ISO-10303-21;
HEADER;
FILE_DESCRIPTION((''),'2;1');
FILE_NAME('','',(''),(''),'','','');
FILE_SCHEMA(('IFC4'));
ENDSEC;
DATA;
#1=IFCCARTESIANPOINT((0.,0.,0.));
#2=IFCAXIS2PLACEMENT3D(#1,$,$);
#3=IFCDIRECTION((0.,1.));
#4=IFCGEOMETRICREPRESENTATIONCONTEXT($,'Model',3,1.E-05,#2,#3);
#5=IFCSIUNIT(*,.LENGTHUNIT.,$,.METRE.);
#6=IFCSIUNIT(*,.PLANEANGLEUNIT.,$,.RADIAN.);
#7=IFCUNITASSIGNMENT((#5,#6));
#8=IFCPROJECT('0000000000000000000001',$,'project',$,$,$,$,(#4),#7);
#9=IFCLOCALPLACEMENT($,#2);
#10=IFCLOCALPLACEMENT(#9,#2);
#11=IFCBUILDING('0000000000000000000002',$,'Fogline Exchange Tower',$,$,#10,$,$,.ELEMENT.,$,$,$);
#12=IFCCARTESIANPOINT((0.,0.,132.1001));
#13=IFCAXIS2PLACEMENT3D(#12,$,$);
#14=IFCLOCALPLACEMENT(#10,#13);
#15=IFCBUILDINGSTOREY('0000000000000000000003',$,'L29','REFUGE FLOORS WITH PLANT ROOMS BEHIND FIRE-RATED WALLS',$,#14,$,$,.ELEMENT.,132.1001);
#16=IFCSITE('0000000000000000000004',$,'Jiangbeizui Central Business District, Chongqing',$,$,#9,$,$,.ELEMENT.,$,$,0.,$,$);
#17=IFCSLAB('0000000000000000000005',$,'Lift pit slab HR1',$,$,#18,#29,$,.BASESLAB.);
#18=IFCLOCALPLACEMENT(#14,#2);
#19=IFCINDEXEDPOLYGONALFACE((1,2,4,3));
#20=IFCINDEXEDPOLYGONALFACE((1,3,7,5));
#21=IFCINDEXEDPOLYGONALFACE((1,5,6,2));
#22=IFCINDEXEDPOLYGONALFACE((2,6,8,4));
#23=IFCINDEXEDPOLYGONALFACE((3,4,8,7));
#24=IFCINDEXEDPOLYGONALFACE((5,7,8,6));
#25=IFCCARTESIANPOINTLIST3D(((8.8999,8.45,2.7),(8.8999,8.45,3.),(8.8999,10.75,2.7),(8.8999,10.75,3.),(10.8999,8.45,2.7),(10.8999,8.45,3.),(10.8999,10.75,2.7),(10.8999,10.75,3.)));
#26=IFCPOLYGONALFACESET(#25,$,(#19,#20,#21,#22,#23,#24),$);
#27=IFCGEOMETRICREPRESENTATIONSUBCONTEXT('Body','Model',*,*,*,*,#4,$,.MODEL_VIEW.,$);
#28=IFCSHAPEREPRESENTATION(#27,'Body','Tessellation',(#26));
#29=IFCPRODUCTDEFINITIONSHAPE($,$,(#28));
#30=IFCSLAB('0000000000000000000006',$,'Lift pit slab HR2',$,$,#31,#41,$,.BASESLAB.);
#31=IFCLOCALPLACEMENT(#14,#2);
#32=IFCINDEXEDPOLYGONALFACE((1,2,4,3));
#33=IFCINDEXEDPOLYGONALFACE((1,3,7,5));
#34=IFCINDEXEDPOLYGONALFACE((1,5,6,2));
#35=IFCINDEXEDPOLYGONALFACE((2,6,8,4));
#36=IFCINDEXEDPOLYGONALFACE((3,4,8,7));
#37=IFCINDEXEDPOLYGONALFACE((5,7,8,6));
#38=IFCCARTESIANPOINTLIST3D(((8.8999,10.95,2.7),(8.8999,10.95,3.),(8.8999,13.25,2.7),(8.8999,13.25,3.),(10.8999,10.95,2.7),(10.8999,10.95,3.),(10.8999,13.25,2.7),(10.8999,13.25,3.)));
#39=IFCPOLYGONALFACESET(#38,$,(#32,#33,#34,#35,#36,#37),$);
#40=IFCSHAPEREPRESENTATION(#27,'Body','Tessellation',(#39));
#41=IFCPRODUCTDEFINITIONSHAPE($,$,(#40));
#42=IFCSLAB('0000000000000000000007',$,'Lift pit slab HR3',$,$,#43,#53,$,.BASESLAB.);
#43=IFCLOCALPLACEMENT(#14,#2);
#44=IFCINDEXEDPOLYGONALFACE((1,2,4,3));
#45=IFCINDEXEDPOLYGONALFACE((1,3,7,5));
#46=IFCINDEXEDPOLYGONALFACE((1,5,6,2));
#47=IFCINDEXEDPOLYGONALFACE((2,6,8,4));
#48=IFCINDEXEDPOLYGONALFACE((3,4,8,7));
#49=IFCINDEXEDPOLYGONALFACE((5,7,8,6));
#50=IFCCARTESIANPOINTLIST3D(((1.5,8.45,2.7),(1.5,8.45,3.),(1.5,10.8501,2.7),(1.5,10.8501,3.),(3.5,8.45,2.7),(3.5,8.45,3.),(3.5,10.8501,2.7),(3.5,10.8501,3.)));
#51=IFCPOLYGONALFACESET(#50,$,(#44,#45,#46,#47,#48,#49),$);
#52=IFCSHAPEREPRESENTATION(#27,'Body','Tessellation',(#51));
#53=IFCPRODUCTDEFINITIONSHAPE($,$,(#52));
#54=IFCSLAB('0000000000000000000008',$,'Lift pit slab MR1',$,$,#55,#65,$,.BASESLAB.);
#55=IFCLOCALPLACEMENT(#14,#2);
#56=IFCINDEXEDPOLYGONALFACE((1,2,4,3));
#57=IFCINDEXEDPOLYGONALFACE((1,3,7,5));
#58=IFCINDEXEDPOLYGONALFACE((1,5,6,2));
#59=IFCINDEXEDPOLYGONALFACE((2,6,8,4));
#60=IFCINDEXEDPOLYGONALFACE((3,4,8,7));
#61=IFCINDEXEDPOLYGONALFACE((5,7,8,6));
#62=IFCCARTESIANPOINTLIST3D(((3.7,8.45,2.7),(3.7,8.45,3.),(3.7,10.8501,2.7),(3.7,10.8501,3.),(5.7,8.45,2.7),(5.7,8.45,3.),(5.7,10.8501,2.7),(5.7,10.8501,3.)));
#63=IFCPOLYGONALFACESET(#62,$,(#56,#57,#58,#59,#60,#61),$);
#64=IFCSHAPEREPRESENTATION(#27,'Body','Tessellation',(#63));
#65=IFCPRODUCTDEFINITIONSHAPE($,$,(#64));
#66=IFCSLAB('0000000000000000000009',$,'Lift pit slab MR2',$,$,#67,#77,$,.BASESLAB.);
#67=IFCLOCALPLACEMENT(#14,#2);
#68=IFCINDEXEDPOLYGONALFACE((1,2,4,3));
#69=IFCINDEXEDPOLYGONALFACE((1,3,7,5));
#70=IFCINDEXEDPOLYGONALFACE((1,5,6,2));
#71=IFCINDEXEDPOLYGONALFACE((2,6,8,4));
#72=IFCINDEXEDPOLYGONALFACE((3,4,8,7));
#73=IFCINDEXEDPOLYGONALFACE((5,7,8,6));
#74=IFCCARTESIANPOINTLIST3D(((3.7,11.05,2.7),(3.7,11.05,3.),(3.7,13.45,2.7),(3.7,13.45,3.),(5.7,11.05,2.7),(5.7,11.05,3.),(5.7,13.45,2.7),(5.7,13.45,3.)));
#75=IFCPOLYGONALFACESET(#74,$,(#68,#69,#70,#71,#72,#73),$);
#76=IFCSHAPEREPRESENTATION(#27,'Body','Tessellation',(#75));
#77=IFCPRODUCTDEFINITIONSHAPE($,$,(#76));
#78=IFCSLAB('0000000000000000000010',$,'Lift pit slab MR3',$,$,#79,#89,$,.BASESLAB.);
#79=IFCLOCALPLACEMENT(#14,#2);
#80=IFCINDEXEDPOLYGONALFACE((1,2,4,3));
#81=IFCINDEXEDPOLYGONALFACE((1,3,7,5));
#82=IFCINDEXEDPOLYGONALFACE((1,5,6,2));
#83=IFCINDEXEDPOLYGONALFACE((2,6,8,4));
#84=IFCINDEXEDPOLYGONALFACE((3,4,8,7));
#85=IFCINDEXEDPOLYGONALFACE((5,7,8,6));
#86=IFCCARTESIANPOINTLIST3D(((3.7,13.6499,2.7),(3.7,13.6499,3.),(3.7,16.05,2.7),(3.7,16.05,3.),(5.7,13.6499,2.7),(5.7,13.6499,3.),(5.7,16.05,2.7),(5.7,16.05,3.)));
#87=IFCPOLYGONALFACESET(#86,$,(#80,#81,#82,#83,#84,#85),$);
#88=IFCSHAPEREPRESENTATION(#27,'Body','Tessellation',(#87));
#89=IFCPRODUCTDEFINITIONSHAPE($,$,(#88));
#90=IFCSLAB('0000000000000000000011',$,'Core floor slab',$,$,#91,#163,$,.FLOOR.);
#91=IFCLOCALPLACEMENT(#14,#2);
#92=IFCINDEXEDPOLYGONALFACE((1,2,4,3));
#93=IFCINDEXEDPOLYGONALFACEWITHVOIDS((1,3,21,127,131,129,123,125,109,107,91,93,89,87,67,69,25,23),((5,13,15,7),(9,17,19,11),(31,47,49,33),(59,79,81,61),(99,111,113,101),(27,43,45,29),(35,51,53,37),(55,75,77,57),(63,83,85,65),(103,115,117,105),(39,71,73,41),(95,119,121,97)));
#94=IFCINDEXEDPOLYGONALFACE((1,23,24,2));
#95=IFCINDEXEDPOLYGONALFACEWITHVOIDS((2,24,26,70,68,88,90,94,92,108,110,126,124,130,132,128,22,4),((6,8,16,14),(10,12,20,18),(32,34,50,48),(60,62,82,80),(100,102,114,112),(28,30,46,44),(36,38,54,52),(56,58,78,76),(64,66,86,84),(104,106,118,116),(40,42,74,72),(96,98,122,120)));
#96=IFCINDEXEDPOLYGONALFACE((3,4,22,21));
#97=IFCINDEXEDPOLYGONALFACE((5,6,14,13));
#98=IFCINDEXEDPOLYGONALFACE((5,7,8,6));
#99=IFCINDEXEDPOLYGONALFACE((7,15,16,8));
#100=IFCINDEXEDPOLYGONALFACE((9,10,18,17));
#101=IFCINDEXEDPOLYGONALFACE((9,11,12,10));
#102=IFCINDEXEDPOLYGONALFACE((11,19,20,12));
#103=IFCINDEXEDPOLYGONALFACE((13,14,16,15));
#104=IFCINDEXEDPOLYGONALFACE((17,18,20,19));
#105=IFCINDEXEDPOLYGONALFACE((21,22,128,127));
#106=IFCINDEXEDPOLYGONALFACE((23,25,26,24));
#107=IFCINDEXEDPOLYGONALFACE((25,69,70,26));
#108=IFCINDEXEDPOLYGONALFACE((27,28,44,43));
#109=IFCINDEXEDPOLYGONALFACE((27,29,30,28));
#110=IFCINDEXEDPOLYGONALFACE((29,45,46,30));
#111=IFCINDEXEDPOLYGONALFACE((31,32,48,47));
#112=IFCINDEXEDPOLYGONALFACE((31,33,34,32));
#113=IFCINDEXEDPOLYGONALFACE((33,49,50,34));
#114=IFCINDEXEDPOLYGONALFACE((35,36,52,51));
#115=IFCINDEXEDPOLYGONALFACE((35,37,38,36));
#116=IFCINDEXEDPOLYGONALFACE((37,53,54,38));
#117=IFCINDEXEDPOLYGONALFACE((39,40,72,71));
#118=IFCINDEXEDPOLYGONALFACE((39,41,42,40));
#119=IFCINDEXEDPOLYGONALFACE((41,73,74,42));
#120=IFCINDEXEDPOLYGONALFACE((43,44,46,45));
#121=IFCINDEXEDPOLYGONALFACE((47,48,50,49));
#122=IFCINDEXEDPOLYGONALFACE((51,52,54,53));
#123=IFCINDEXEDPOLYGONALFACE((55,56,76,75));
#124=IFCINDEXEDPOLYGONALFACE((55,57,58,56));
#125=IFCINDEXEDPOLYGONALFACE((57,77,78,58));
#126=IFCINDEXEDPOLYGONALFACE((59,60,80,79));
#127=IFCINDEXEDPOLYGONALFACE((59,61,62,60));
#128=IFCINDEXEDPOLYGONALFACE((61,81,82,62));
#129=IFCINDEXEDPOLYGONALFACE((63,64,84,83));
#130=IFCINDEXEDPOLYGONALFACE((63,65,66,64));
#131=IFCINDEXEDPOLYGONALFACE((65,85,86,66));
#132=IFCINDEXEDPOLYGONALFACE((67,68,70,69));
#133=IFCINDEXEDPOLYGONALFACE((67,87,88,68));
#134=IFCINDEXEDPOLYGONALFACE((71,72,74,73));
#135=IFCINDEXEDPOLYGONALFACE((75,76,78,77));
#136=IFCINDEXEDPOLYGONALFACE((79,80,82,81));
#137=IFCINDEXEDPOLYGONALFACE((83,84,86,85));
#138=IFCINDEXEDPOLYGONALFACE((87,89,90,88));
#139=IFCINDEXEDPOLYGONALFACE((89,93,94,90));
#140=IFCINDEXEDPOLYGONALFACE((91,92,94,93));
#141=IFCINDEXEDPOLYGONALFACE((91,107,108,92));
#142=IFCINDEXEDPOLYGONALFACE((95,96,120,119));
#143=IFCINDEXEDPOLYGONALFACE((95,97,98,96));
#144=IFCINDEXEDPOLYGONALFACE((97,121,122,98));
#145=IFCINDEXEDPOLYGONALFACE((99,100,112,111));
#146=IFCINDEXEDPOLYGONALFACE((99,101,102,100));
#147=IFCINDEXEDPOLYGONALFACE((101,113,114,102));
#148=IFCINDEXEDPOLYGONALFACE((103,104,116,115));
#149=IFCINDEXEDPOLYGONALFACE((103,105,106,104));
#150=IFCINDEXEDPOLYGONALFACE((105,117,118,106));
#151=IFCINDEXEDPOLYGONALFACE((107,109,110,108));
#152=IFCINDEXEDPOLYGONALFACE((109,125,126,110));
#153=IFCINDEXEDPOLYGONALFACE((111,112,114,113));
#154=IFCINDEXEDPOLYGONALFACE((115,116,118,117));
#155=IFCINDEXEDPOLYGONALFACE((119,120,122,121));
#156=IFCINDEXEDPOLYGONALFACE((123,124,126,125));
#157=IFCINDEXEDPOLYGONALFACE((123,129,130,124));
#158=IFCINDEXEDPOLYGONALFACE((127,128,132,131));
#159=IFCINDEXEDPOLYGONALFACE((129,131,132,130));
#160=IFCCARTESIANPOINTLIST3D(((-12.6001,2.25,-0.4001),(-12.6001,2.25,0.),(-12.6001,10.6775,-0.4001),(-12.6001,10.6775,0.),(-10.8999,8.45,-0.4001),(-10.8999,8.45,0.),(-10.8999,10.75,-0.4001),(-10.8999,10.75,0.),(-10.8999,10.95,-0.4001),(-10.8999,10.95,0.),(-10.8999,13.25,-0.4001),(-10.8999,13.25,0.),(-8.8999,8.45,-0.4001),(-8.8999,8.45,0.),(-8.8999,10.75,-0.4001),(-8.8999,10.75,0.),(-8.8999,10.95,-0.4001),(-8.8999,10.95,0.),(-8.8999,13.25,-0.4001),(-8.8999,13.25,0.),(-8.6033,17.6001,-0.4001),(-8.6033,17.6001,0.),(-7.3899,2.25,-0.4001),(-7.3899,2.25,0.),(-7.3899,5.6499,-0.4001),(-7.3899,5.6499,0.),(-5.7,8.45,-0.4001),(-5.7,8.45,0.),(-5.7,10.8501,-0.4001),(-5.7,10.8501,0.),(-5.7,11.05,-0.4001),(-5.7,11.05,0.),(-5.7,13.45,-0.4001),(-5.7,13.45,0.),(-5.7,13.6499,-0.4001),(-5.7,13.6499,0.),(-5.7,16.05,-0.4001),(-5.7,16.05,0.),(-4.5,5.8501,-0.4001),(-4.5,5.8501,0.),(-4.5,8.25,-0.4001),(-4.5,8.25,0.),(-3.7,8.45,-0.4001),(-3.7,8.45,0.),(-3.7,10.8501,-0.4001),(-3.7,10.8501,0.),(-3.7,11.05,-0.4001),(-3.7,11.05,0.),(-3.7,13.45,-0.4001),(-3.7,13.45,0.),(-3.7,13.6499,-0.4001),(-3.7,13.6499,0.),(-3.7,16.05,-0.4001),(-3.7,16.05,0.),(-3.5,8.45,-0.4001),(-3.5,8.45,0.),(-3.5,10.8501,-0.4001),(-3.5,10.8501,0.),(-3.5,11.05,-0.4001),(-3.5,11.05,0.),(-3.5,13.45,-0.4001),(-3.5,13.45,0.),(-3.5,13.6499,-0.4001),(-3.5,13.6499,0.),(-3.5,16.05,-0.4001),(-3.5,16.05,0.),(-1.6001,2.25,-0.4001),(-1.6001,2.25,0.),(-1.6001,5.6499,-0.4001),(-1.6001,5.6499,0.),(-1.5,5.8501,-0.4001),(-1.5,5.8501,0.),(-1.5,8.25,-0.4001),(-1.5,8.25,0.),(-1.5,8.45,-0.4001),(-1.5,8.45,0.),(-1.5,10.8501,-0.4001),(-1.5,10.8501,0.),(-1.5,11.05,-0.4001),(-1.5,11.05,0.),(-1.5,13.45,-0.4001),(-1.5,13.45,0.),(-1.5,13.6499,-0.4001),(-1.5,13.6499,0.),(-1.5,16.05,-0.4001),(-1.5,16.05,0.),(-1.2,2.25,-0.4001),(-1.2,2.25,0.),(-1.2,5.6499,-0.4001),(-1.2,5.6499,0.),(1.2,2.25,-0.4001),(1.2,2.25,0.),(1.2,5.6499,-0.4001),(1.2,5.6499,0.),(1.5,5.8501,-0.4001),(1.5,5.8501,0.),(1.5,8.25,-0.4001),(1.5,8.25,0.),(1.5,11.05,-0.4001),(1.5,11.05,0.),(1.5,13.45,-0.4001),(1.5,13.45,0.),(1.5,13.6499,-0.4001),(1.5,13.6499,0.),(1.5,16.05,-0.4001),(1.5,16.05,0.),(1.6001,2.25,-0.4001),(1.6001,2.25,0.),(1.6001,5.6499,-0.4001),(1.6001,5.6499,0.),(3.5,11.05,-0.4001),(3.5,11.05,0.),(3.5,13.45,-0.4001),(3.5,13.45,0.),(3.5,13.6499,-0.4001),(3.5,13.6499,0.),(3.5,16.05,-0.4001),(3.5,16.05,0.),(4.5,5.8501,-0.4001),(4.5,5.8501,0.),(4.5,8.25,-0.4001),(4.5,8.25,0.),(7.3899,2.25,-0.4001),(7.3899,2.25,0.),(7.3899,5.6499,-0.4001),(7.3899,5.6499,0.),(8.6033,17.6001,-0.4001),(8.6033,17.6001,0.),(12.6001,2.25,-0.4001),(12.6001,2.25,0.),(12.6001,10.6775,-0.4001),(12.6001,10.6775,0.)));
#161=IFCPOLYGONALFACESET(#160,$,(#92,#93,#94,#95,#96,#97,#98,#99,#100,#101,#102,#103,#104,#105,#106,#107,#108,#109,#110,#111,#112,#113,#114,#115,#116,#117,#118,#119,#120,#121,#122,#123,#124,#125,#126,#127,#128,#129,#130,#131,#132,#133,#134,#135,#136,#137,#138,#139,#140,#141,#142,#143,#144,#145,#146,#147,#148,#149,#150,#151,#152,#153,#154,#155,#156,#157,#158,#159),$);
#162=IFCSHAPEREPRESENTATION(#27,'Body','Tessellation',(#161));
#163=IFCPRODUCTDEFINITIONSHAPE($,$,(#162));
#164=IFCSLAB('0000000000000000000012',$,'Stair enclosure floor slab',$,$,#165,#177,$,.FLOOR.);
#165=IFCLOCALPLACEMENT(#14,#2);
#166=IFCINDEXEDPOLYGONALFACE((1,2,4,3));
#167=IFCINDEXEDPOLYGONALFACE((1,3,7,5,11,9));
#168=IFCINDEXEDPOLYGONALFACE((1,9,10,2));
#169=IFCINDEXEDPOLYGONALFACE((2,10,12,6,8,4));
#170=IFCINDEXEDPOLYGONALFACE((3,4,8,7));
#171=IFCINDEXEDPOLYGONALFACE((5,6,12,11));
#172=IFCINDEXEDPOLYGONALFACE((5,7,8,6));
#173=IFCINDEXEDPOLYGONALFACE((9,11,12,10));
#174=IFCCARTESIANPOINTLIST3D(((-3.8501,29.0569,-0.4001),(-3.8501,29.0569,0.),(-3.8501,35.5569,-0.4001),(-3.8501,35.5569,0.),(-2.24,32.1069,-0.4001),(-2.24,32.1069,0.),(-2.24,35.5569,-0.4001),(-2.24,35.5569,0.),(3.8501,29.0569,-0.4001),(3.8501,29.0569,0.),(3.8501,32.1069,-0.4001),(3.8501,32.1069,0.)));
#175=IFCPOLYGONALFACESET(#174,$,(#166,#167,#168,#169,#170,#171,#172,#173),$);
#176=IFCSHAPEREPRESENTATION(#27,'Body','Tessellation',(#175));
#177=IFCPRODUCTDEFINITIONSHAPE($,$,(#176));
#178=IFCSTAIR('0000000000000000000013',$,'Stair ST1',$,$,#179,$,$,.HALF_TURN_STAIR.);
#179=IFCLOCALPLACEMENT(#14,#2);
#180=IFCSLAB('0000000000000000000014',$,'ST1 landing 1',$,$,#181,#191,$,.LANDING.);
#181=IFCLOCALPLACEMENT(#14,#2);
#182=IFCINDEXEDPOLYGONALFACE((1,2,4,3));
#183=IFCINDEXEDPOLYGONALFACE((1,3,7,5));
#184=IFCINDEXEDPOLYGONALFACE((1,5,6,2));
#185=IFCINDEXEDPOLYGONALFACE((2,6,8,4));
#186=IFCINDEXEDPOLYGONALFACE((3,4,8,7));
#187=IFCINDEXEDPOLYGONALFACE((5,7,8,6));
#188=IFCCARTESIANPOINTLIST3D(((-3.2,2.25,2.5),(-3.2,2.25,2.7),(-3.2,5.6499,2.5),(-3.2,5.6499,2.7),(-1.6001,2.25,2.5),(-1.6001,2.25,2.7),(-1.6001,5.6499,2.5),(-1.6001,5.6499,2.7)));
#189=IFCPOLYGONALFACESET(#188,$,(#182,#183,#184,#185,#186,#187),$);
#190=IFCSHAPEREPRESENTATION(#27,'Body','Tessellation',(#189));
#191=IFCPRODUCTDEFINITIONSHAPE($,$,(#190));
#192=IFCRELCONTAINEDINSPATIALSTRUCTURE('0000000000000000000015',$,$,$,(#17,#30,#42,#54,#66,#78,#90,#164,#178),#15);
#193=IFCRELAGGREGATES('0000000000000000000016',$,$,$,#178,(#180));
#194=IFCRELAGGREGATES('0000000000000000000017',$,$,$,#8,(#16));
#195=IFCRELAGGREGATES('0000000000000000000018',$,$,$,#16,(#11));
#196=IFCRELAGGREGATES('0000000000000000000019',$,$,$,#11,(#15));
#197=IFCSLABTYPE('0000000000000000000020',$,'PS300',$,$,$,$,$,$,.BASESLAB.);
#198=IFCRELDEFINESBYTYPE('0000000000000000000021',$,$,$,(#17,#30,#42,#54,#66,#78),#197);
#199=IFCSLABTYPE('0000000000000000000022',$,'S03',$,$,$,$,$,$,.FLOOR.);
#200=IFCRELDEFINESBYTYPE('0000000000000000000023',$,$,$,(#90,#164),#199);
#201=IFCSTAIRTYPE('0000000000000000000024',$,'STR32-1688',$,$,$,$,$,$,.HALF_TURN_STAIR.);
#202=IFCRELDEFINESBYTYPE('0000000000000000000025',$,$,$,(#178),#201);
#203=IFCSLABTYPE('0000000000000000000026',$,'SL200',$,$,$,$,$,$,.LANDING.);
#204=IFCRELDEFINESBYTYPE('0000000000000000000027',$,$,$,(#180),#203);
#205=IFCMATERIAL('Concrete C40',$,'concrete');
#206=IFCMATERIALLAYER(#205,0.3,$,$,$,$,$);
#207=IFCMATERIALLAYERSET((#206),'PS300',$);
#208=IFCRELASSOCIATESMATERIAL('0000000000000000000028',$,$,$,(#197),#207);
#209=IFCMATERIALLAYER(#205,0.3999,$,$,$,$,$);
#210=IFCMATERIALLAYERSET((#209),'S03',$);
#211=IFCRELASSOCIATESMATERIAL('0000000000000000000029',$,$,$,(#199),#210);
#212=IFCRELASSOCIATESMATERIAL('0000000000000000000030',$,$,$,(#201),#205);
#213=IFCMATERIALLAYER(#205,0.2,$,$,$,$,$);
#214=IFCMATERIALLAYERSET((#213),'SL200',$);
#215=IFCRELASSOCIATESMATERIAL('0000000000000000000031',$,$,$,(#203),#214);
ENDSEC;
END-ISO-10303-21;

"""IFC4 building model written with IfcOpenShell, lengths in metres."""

from ifc_helpers import new_model, si_unit, direction, frame, origin, place, context, subcontext, project, spatial, polyline, outline, extrude, material, layer, layer_set, type_object, element, aggregate, save


model = new_model("IFC4")

# Units and contexts
model_context = context("Model", 3, precision=1e-05, world=origin(), true_north=direction((0.0, 1.0)))
body_context = subcontext(model_context, "Body", "Model", "MODEL_VIEW")
ifc_project = project(units=[si_unit("LENGTHUNIT", "METRE"), si_unit("PLANEANGLEUNIT", "RADIAN")], contexts=[model_context])

# Site, building, storey
site_placement = place(None, origin())
site = spatial("IfcSite", under=ifc_project, at=site_placement, Name="Jiangbeizui Central Business District, Chongqing", CompositionType="ELEMENT", RefElevation=0.0)
building_placement = place(site_placement, origin())
building = spatial("IfcBuilding", under=site, at=building_placement, Name="Fogline Exchange Tower", CompositionType="ELEMENT")
storey_placement = place(building_placement, frame((0.0, 0.0, 132.1001)))
storey = spatial("IfcBuildingStorey", under=building, at=storey_placement, Name="L29", Description="REFUGE FLOORS WITH PLANT ROOMS BEHIND FIRE-RATED WALLS", CompositionType="ELEMENT", Elevation=132.1001)

# Slabs
ifc_material_1 = material(Name="Concrete C40", Category="concrete")
ifc_layer_1 = layer(ifc_material_1, 0.3)
ifc_layer_set_1 = layer_set([ifc_layer_1], Name="PS300")
slab_type_1 = type_object("IfcSlabType", Name="PS300", PredefinedType="BASESLAB", material=ifc_layer_set_1)
slab_1_placement = place(storey_placement, frame((0.0, 0.0, 2.7)))
element("IfcSlab", 1, at=slab_1_placement, inside=storey, type_object=slab_type_1, Name="Lift pit slab HR1", PredefinedType="BASESLAB", context=body_context, shape_type="SweptSolid", body=[
    extrude(outline(polyline([(8.8999, 8.45), (10.8999, 8.45), (10.8999, 10.75), (8.8999, 10.75), (8.8999, 8.45)])), origin(), (0.0, 0.0, 1.0), 0.3),
])
slab_2_placement = place(storey_placement, frame((0.0, 0.0, 2.7)))
element("IfcSlab", 2, at=slab_2_placement, inside=storey, type_object=slab_type_1, Name="Lift pit slab HR2", PredefinedType="BASESLAB", context=body_context, shape_type="SweptSolid", body=[
    extrude(outline(polyline([(8.8999, 10.95), (10.8999, 10.95), (10.8999, 13.25), (8.8999, 13.25), (8.8999, 10.95)])), origin(), (0.0, 0.0, 1.0), 0.3),
])
slab_3_placement = place(storey_placement, frame((0.0, 0.0, 2.7)))
element("IfcSlab", 3, at=slab_3_placement, inside=storey, type_object=slab_type_1, Name="Lift pit slab HR3", PredefinedType="BASESLAB", context=body_context, shape_type="SweptSolid", body=[
    extrude(outline(polyline([(1.5, 8.45), (3.5, 8.45), (3.5, 10.8501), (1.5, 10.8501), (1.5, 8.45)])), origin(), (0.0, 0.0, 1.0), 0.3),
])
slab_4_placement = place(storey_placement, frame((0.0, 0.0, 2.7)))
element("IfcSlab", 4, at=slab_4_placement, inside=storey, type_object=slab_type_1, Name="Lift pit slab MR1", PredefinedType="BASESLAB", context=body_context, shape_type="SweptSolid", body=[
    extrude(outline(polyline([(3.7, 8.45), (5.7, 8.45), (5.7, 10.8501), (3.7, 10.8501), (3.7, 8.45)])), origin(), (0.0, 0.0, 1.0), 0.3),
])
slab_5_placement = place(storey_placement, frame((0.0, 0.0, 2.7)))
element("IfcSlab", 5, at=slab_5_placement, inside=storey, type_object=slab_type_1, Name="Lift pit slab MR2", PredefinedType="BASESLAB", context=body_context, shape_type="SweptSolid", body=[
    extrude(outline(polyline([(3.7, 11.05), (5.7, 11.05), (5.7, 13.45), (3.7, 13.45), (3.7, 11.05)])), origin(), (0.0, 0.0, 1.0), 0.3),
])
slab_6_placement = place(storey_placement, frame((0.0, 0.0, 2.7)))
element("IfcSlab", 6, at=slab_6_placement, inside=storey, type_object=slab_type_1, Name="Lift pit slab MR3", PredefinedType="BASESLAB", context=body_context, shape_type="SweptSolid", body=[
    extrude(outline(polyline([(3.7, 13.6499), (5.7, 13.6499), (5.7, 16.05), (3.7, 16.05), (3.7, 13.6499)])), origin(), (0.0, 0.0, 1.0), 0.3),
])
ifc_layer_2 = layer(ifc_material_1, 0.3999)
ifc_layer_set_2 = layer_set([ifc_layer_2], Name="S03")
slab_type_2 = type_object("IfcSlabType", Name="S03", PredefinedType="FLOOR", material=ifc_layer_set_2)
slab_7_placement = place(storey_placement, frame((0.0, 0.0, -0.4001)))
element("IfcSlab", 7, at=slab_7_placement, inside=storey, type_object=slab_type_2, Name="Core floor slab", PredefinedType="FLOOR", context=body_context, shape_type="SweptSolid", body=[
    extrude(outline(polyline([(-12.6001, 2.25), (-12.6001, 10.6775), (-8.6033, 17.6001), (8.6033, 17.6001), (12.6001, 10.6775), (12.6001, 2.25), (7.3899, 2.25), (7.3899, 5.6499), (1.6001, 5.6499), (1.6001, 2.25), (1.2, 2.25), (1.2, 5.6499), (-1.2, 5.6499), (-1.2, 2.25), (-1.6001, 2.25), (-1.6001, 5.6499), (-7.3899, 5.6499), (-7.3899, 2.25), (-12.6001, 2.25)]), holes=[polyline([(-1.5, 8.25), (-4.5, 8.25), (-4.5, 5.8501), (-1.5, 5.8501), (-1.5, 8.25)]), polyline([(-8.8999, 10.75), (-10.8999, 10.75), (-10.8999, 8.45), (-8.8999, 8.45), (-8.8999, 10.75)]), polyline([(-3.7, 10.8501), (-5.7, 10.8501), (-5.7, 8.45), (-3.7, 8.45), (-3.7, 10.8501)]), polyline([(-1.5, 10.8501), (-3.5, 10.8501), (-3.5, 8.45), (-1.5, 8.45), (-1.5, 10.8501)]), polyline([(-8.8999, 13.25), (-10.8999, 13.25), (-10.8999, 10.95), (-8.8999, 10.95), (-8.8999, 13.25)]), polyline([(-3.7, 13.45), (-5.7, 13.45), (-5.7, 11.05), (-3.7, 11.05), (-3.7, 13.45)]), polyline([(-3.7, 16.05), (-5.7, 16.05), (-5.7, 13.6499), (-3.7, 13.6499), (-3.7, 16.05)]), polyline([(4.5, 8.25), (1.5, 8.25), (1.5, 5.8501), (4.5, 5.8501), (4.5, 8.25)]), polyline([(-1.5, 13.45), (-3.5, 13.45), (-3.5, 11.05), (-1.5, 11.05), (-1.5, 13.45)]), polyline([(3.5, 13.45), (1.5, 13.45), (1.5, 11.05), (3.5, 11.05), (3.5, 13.45)]), polyline([(-1.5, 16.05), (-3.5, 16.05), (-3.5, 13.6499), (-1.5, 13.6499), (-1.5, 16.05)]), polyline([(3.5, 16.05), (1.5, 16.05), (1.5, 13.6499), (3.5, 13.6499), (3.5, 16.05)])]), origin(), (0.0, 0.0, 1.0), 0.4001),
])
slab_8_placement = place(storey_placement, frame((0.0, 0.0, -0.4001)))
element("IfcSlab", 8, at=slab_8_placement, inside=storey, type_object=slab_type_2, Name="Stair enclosure floor slab", PredefinedType="FLOOR", context=body_context, shape_type="SweptSolid", body=[
    extrude(outline(polyline([(3.8501, 29.0569), (-3.8501, 29.0569), (-3.8501, 35.5569), (-2.24, 35.5569), (-2.24, 32.1069), (3.8501, 32.1069), (3.8501, 29.0569)])), origin(), (0.0, 0.0, 1.0), 0.4001),
])

# Stair, slab
stair_type = type_object("IfcStairType", Name="STR32-1688", PredefinedType="HALF_TURN_STAIR", material=ifc_material_1)
stair_1_placement = place(storey_placement, origin())
stair_1 = element("IfcStair", 9, at=stair_1_placement, inside=storey, type_object=stair_type, Name="Stair ST1", PredefinedType="HALF_TURN_STAIR")
ifc_layer_3 = layer(ifc_material_1, 0.2)
ifc_layer_set_3 = layer_set([ifc_layer_3], Name="SL200")
slab_type_3 = type_object("IfcSlabType", Name="SL200", PredefinedType="LANDING", material=ifc_layer_set_3)
slab_9_placement = place(storey_placement, frame((0.0, 0.0, 2.5)))
slab_9 = element("IfcSlab", 10, at=slab_9_placement, type_object=slab_type_3, Name="ST1 landing 1", PredefinedType="LANDING", context=body_context, shape_type="SweptSolid", body=[
    extrude(outline(polyline([(-3.2, 2.25), (-1.6001, 2.25), (-1.6001, 5.6499), (-3.2, 5.6499), (-3.2, 2.25)])), origin(), (0.0, 0.0, 1.0), 0.2),
])
aggregate(stair_1, [slab_9])

save(model, "model.ifc")
